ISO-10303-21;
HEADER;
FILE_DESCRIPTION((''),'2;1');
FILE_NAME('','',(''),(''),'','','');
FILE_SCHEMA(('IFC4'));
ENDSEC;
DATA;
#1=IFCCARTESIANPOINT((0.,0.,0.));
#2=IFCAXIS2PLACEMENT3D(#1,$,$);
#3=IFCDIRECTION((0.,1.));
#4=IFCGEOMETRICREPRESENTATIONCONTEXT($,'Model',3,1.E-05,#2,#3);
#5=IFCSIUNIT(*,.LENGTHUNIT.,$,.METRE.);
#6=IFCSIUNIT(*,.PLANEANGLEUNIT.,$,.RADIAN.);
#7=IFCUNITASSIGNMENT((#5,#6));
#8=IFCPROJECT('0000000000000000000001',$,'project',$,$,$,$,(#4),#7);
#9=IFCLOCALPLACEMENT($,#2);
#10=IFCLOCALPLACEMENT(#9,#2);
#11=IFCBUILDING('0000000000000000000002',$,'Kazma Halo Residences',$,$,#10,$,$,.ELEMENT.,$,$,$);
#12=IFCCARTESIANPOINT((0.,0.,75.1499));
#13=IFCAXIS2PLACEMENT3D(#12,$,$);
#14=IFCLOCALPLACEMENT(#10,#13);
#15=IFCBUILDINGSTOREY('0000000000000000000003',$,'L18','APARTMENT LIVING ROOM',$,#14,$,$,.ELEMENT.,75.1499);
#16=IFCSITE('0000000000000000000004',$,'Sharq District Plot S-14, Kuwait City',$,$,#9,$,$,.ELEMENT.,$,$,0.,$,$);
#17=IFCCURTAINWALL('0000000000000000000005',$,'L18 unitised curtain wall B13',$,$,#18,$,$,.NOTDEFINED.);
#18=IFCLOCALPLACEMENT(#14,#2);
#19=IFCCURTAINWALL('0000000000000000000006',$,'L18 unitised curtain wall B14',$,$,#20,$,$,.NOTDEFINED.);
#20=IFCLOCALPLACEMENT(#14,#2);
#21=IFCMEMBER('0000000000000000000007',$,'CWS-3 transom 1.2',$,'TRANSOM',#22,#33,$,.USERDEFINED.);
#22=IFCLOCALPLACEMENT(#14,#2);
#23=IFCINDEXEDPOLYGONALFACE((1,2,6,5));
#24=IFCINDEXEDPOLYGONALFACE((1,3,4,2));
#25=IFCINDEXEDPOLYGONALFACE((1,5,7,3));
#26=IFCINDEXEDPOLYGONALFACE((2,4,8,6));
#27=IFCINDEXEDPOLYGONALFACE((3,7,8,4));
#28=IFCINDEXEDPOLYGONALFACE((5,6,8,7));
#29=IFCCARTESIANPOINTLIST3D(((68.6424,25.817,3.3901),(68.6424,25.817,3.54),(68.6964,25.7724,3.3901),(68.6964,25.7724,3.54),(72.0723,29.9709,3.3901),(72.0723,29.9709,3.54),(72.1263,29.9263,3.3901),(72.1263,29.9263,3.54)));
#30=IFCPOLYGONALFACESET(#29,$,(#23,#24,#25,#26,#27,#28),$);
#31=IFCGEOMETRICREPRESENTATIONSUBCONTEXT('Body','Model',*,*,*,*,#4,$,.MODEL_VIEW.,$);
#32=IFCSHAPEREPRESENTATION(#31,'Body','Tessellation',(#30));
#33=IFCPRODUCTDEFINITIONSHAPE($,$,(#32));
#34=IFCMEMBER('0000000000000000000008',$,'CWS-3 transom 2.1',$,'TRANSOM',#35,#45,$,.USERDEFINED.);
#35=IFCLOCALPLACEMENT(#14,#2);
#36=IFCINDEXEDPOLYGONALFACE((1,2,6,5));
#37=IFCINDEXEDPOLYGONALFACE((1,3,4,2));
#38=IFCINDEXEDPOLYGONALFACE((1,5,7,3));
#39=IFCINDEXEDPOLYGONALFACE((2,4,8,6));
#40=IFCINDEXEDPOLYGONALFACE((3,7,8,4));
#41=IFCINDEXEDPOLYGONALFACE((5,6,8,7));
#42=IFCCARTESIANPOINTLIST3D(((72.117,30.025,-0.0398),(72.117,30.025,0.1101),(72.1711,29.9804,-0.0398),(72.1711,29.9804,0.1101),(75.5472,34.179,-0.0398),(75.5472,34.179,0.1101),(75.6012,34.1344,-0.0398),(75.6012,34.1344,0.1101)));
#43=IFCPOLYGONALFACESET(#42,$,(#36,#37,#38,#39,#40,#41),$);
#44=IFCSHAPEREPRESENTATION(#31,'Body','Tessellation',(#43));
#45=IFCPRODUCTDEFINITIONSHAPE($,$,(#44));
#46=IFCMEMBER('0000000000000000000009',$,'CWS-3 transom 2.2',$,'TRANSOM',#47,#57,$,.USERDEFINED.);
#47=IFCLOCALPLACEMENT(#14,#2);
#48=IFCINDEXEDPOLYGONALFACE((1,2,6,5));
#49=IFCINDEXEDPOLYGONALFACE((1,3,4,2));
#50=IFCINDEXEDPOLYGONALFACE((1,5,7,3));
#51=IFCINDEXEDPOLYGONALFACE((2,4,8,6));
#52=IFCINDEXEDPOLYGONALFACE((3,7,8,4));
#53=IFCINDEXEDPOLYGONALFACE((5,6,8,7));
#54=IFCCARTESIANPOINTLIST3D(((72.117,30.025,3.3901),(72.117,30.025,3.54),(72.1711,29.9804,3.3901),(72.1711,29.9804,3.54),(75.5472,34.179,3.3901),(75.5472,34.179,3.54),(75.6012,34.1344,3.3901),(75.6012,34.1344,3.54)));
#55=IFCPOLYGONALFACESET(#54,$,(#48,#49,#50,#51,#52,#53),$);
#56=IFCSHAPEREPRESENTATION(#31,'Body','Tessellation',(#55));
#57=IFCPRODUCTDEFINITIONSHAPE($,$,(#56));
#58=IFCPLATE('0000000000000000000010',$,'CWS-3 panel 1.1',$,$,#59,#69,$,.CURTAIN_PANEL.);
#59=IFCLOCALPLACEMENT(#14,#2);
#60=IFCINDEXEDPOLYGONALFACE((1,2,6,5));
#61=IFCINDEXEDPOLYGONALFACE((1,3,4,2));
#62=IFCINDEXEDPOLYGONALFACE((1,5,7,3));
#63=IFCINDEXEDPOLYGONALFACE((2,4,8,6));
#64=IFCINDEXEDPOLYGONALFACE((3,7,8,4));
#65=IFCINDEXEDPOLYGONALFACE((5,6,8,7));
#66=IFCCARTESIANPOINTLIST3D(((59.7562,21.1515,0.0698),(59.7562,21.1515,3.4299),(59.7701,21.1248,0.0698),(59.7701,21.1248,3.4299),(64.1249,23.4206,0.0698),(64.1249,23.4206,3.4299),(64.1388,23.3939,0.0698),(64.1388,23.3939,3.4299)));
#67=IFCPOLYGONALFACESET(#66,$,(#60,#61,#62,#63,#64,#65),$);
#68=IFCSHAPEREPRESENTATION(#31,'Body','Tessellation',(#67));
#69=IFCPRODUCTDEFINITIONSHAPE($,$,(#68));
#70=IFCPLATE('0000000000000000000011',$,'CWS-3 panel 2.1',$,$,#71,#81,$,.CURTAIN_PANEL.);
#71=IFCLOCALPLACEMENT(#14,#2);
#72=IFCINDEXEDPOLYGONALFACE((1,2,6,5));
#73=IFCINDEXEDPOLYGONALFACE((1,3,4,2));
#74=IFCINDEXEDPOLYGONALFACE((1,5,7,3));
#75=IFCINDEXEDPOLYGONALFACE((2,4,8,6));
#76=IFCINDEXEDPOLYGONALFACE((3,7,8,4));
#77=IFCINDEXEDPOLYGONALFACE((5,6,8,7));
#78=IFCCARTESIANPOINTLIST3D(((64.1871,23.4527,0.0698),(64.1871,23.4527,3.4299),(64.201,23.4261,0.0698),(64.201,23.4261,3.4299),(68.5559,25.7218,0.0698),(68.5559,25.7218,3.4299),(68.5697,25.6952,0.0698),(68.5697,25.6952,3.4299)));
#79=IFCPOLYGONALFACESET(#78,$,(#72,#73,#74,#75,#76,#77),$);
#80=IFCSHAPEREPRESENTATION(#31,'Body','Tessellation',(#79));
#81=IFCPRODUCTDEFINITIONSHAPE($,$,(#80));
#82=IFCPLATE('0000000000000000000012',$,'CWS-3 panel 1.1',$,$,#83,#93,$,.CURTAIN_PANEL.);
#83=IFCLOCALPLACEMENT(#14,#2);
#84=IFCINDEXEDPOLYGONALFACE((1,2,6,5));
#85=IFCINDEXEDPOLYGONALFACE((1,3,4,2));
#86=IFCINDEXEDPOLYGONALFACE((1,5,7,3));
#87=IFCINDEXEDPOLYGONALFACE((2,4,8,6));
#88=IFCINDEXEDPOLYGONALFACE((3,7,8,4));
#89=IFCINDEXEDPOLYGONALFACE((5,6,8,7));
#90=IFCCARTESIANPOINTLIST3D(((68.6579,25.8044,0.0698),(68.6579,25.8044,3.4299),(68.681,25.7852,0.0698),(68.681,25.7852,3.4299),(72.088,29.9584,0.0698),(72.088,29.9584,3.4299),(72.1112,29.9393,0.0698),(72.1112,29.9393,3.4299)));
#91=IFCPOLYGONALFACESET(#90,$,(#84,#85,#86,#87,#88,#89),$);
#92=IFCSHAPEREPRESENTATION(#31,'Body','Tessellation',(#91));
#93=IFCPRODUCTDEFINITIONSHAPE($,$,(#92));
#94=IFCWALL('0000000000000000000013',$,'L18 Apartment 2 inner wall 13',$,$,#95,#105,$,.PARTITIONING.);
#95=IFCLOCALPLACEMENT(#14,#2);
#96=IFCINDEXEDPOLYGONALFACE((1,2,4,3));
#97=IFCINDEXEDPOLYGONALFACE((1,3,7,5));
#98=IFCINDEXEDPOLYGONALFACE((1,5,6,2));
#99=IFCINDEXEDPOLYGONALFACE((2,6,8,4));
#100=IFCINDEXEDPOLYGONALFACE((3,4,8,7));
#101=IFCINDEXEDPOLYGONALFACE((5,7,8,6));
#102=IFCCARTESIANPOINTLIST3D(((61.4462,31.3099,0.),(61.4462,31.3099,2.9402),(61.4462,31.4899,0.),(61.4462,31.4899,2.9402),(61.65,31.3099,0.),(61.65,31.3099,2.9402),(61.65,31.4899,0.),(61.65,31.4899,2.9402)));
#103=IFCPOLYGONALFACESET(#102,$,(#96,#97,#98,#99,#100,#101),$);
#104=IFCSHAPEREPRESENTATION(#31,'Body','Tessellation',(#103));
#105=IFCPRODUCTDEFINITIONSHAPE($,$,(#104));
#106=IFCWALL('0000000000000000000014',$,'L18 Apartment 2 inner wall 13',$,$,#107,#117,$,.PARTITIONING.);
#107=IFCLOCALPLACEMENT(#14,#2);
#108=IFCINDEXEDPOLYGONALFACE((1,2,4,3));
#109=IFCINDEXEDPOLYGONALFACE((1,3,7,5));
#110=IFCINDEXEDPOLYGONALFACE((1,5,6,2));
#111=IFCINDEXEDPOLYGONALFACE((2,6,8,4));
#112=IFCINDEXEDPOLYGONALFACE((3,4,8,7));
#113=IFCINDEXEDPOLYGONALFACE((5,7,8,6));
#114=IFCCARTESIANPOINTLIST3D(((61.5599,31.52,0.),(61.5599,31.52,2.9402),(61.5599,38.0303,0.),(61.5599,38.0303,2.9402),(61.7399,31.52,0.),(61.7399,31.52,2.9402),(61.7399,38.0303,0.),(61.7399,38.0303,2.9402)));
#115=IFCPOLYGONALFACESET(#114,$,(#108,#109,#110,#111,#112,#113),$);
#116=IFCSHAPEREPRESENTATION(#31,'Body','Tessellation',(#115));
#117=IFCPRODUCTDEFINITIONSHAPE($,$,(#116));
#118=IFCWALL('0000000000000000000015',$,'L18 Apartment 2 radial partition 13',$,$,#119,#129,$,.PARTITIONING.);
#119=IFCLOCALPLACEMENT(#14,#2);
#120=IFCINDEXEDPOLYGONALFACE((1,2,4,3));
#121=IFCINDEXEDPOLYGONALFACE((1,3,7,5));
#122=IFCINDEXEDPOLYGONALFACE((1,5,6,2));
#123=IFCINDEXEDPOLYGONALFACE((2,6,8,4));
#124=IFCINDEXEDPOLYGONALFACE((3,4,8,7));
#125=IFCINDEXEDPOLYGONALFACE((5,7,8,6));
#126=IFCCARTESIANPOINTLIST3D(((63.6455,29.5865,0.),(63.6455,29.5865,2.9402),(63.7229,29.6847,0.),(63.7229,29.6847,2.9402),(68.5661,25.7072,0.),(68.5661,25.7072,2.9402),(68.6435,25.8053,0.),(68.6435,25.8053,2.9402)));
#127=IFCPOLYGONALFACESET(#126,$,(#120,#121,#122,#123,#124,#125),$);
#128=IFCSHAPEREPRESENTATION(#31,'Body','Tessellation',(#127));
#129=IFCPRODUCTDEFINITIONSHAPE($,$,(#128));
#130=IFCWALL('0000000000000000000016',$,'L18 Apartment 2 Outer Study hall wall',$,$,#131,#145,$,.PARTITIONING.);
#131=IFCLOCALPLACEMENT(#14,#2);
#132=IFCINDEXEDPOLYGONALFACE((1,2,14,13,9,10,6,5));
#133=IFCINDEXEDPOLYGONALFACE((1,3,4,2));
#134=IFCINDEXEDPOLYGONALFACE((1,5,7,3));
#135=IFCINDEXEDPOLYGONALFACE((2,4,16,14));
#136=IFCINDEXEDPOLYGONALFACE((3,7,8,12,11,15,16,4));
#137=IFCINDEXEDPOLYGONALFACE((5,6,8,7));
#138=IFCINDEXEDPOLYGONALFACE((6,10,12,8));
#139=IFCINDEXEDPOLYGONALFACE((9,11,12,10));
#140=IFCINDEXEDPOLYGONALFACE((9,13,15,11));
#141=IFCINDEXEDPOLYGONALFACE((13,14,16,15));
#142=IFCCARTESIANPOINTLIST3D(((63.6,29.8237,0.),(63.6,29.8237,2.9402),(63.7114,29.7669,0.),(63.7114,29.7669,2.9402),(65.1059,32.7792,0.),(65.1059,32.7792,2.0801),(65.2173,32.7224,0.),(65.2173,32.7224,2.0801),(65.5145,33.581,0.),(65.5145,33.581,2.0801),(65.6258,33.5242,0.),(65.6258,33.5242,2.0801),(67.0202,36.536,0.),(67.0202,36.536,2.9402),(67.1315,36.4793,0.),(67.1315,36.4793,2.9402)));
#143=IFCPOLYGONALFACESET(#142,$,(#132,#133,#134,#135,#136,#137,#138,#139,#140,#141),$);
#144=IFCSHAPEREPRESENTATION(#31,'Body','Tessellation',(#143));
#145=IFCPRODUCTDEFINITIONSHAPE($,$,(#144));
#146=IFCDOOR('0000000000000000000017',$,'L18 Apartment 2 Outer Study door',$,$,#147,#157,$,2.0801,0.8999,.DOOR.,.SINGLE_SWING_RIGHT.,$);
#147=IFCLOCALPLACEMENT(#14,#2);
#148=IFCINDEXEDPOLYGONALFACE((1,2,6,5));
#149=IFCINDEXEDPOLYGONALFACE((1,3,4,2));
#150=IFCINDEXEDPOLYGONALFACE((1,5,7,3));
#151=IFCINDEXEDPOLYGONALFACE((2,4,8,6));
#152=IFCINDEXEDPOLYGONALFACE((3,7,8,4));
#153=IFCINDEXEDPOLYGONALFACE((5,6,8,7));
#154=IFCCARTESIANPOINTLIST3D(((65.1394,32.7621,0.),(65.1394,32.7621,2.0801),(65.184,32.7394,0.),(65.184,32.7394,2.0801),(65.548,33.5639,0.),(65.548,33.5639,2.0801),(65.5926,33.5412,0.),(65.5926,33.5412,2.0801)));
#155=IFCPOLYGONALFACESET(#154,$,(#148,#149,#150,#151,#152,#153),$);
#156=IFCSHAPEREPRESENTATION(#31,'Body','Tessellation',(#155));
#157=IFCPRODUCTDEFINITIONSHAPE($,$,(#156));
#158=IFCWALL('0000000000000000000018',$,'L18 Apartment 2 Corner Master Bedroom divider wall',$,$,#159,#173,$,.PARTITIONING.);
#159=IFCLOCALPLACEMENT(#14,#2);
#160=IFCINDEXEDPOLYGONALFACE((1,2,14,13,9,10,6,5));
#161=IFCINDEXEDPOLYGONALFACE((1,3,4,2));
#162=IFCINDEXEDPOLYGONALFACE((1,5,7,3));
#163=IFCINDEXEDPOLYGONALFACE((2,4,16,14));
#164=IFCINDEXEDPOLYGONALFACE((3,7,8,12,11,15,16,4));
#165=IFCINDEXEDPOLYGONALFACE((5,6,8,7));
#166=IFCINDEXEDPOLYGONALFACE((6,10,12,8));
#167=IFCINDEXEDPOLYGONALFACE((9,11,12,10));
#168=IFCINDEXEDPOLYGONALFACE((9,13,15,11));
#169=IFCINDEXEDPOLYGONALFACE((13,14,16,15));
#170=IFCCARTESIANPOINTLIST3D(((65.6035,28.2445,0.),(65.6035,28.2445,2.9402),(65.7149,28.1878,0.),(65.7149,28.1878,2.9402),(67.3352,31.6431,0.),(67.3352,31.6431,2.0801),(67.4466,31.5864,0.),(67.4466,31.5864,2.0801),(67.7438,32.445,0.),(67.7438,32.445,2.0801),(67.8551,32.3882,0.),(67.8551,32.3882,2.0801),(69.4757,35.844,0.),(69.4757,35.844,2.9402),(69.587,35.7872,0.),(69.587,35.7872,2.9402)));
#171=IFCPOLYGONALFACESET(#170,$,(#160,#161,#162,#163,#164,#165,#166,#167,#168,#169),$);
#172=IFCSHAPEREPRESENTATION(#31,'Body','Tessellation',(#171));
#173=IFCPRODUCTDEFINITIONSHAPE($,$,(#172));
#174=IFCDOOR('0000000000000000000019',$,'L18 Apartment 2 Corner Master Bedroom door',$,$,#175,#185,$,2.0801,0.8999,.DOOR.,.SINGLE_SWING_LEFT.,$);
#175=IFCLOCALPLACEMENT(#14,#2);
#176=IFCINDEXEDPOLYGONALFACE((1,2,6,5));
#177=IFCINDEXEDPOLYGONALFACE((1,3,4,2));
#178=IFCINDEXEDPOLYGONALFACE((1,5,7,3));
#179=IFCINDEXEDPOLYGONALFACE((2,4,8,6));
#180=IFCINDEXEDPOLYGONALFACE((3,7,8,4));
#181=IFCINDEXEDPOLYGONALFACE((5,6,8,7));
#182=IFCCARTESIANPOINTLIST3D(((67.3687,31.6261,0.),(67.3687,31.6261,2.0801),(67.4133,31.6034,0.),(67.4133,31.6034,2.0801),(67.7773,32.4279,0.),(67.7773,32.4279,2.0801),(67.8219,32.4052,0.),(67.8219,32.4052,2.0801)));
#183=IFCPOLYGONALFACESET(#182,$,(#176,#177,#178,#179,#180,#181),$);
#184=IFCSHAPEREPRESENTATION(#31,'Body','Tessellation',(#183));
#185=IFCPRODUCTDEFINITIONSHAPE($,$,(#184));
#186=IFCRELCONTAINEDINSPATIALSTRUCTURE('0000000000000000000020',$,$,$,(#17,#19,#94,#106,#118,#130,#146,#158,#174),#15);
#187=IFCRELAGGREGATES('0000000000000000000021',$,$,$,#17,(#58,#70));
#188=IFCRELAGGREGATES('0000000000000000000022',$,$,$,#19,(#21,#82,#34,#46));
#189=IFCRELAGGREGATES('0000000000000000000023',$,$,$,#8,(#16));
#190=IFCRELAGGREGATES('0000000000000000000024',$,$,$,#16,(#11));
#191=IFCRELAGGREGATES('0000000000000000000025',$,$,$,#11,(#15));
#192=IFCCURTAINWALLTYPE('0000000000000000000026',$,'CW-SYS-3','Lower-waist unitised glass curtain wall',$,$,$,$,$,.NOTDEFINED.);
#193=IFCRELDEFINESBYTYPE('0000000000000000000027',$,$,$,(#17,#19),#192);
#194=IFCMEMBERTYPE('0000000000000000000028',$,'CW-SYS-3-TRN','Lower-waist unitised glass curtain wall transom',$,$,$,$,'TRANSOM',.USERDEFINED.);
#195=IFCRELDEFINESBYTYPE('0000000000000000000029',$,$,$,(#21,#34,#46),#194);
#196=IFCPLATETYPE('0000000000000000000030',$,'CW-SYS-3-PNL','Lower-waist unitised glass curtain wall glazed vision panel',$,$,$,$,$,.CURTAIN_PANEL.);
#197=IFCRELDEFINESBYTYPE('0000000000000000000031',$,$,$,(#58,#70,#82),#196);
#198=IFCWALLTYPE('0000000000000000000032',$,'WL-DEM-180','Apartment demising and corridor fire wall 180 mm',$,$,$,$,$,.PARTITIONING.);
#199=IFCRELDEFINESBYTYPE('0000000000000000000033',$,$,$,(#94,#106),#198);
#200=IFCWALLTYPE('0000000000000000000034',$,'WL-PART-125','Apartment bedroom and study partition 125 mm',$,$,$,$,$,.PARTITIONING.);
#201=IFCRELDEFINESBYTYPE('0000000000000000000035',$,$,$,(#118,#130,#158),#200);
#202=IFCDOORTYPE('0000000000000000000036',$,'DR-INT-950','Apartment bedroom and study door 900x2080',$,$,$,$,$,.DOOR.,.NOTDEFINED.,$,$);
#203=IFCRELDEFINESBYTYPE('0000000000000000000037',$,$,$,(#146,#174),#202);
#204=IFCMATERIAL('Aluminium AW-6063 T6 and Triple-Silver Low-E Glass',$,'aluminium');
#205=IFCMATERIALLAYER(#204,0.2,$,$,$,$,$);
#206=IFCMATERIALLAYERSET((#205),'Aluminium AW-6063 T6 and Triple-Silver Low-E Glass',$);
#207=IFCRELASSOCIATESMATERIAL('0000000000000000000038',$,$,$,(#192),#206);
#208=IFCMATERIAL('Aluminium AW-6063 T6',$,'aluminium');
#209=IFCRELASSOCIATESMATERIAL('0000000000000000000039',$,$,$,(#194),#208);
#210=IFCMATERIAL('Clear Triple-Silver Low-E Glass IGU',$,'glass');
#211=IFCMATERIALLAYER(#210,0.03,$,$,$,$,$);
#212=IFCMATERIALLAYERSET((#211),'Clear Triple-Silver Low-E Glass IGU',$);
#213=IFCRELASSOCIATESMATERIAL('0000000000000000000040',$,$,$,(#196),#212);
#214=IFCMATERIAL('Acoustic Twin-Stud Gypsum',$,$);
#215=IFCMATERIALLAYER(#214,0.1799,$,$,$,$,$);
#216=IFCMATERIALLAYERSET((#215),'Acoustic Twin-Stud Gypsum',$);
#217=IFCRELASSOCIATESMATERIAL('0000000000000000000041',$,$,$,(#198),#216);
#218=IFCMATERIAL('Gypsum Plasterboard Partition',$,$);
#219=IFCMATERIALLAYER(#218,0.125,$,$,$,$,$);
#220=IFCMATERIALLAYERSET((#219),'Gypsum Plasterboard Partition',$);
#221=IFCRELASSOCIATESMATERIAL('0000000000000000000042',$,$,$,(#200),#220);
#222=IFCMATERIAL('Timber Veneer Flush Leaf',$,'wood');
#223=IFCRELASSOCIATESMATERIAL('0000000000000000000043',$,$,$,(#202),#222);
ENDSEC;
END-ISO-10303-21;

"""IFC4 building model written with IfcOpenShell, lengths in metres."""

from ifc_helpers import new_model, si_unit, direction, frame, frame_2d, origin, origin_2d, place, context, subcontext, project, spatial, rectangle, extrude, material, layer, layer_set, material_profile, profile_set, type_object, element, fill, aggregate, save


model = new_model("IFC4")

# Units and contexts
model_context = context("Model", 3, precision=1e-05, world=origin(), true_north=direction((0.0, 1.0)))
body_context = subcontext(model_context, "Body", "Model", "MODEL_VIEW")
ifc_project = project(units=[si_unit("LENGTHUNIT", "METRE"), si_unit("PLANEANGLEUNIT", "RADIAN")], contexts=[model_context])

# Site, building, storey
site_placement = place(None, origin())
site = spatial("IfcSite", under=ifc_project, at=site_placement, Name="Sharq District Plot S-14, Kuwait City", CompositionType="ELEMENT", RefElevation=0.0)
building_placement = place(site_placement, origin())
building = spatial("IfcBuilding", under=site, at=building_placement, Name="Kazma Halo Residences", CompositionType="ELEMENT")
storey_placement = place(building_placement, frame((0.0, 0.0, 75.1499)))
storey = spatial("IfcBuildingStorey", under=building, at=storey_placement, Name="L18", Description="APARTMENT LIVING ROOM", CompositionType="ELEMENT", Elevation=75.1499)

# Shared definitions
ifc_material_1 = material(Name="Aluminium AW-6063 T6 and Triple-Silver Low-E Glass", Category="aluminium")
ifc_layer_1 = layer(ifc_material_1, 0.2)
ifc_layer_set_1 = layer_set([ifc_layer_1], Name="Aluminium AW-6063 T6 and Triple-Silver Low-E Glass")
curtain_wall_type = type_object("IfcCurtainWallType", Name="CW-SYS-3", Description="Lower-waist unitised glass curtain wall", PredefinedType="NOTDEFINED", material=ifc_layer_set_1)
ifc_material_2 = material(Name="Aluminium AW-6063 T6", Category="aluminium")

# Curtain walls
curtain_wall_1_placement = place(storey_placement, origin())
curtain_wall_1 = element("IfcCurtainWall", 1, at=curtain_wall_1_placement, inside=storey, type_object=curtain_wall_type, Name="L18 unitised curtain wall B13", PredefinedType="NOTDEFINED")
curtain_wall_2_placement = place(storey_placement, origin())
curtain_wall_2 = element("IfcCurtainWall", 2, at=curtain_wall_2_placement, inside=storey, type_object=curtain_wall_type, Name="L18 unitised curtain wall B14", PredefinedType="NOTDEFINED")

# Members
ifc_material_profile_1 = material_profile(ifc_material_2, rectangle(XDim=0.0701, YDim=0.1499, at=origin_2d()), Name="CWT-70x150")
ifc_profile_set_1 = profile_set([ifc_material_profile_1], Name="Aluminium AW-6063 T6")
member_type_1 = type_object("IfcMemberType", Name="CW-SYS-3-TRN", Description="Lower-waist unitised glass curtain wall transom", ElementType="TRANSOM", PredefinedType="USERDEFINED", material=ifc_profile_set_1)
member_1_placement = place(storey_placement, frame((68.6694, 25.7947, 3.4651), z_axis=(0.636696, 0.771115, 0.0), x_axis=(-0.771115, 0.636696, 0.0)))
member_1 = element("IfcMember", 3, at=member_1_placement, type_object=member_type_1, Name="CWS-3 transom 1.2", ObjectType="TRANSOM", PredefinedType="USERDEFINED", context=body_context, shape_type="SweptSolid", body=[
    extrude(rectangle(XDim=0.0701, YDim=0.1499, at=origin_2d()), origin(), (0.0, 0.0, 1.0), 5.387),
])
member_2_placement = place(storey_placement, frame((72.144, 30.0027, 0.0352), z_axis=(0.636723, 0.771092, 0.0), x_axis=(-0.771092, 0.636723, 0.0)))
member_2 = element("IfcMember", 4, at=member_2_placement, type_object=member_type_1, Name="CWS-3 transom 2.1", ObjectType="TRANSOM", PredefinedType="USERDEFINED", context=body_context, shape_type="SweptSolid", body=[
    extrude(rectangle(XDim=0.0701, YDim=0.1499, at=origin_2d()), origin(), (0.0, 0.0, 1.0), 5.3872),
])
member_3_placement = place(storey_placement, frame((72.144, 30.0027, 3.4651), z_axis=(0.636723, 0.771092, 0.0), x_axis=(-0.771092, 0.636723, 0.0)))
member_3 = element("IfcMember", 5, at=member_3_placement, type_object=member_type_1, Name="CWS-3 transom 2.2", ObjectType="TRANSOM", PredefinedType="USERDEFINED", context=body_context, shape_type="SweptSolid", body=[
    extrude(rectangle(XDim=0.0701, YDim=0.1499, at=origin_2d()), origin(), (0.0, 0.0, 1.0), 5.3872),
])

# Plates
ifc_material_3 = material(Name="Clear Triple-Silver Low-E Glass IGU", Category="glass")
ifc_layer_2 = layer(ifc_material_3, 0.03)
ifc_layer_set_2 = layer_set([ifc_layer_2], Name="Clear Triple-Silver Low-E Glass IGU")
plate_type = type_object("IfcPlateType", Name="CW-SYS-3-PNL", Description="Lower-waist unitised glass curtain wall glazed vision panel", PredefinedType="CURTAIN_PANEL", material=ifc_layer_set_2)
plate_1_placement = place(storey_placement, frame((61.9475, 22.2727, 0.0698), z_axis=(0.0, 0.0, 1.0), x_axis=(0.887435, 0.460932, 0.0)))
plate_1 = element("IfcPlate", 6, at=plate_1_placement, type_object=plate_type, Name="CWS-3 panel 1.1", PredefinedType="CURTAIN_PANEL", context=body_context, shape_type="SweptSolid", body=[
    extrude(rectangle(XDim=4.9229, YDim=0.03, at=origin_2d()), origin(), (0.0, 0.0, 1.0), 3.3601),
])
plate_2_placement = place(storey_placement, frame((66.3784, 24.574, 0.0698), z_axis=(0.0, 0.0, 1.0), x_axis=(0.887435, 0.460932, 0.0)))
plate_2 = element("IfcPlate", 7, at=plate_2_placement, type_object=plate_type, Name="CWS-3 panel 2.1", PredefinedType="CURTAIN_PANEL", context=body_context, shape_type="SweptSolid", body=[
    extrude(rectangle(XDim=4.9229, YDim=0.03, at=origin_2d()), origin(), (0.0, 0.0, 1.0), 3.3601),
])
aggregate(curtain_wall_1, [plate_1, plate_2])
plate_3_placement = place(storey_placement, frame((70.3845, 27.8718, 0.0698), z_axis=(0.0, 0.0, 1.0), x_axis=(0.636721, 0.771095, 0.0)))
plate_3 = element("IfcPlate", 8, at=plate_3_placement, type_object=plate_type, Name="CWS-3 panel 1.1", PredefinedType="CURTAIN_PANEL", context=body_context, shape_type="SweptSolid", body=[
    extrude(rectangle(XDim=5.3872, YDim=0.03, at=origin_2d()), origin(), (0.0, 0.0, 1.0), 3.3601),
])
aggregate(curtain_wall_2, [member_1, plate_3, member_2, member_3])

# Walls
ifc_material_4 = material(Name="Acoustic Twin-Stud Gypsum")
ifc_layer_3 = layer(ifc_material_4, 0.1799)
ifc_layer_set_3 = layer_set([ifc_layer_3], Name="Acoustic Twin-Stud Gypsum")
wall_type_1 = type_object("IfcWallType", Name="WL-DEM-180", Description="Apartment demising and corridor fire wall 180 mm", PredefinedType="PARTITIONING", material=ifc_layer_set_3)
wall_1_placement = place(storey_placement, frame((61.446, 31.3999, 0.0), z_axis=(0.0, 0.0, 1.0), x_axis=(1.0, 0.0, 0.0)))
element("IfcWall", 9, at=wall_1_placement, inside=storey, type_object=wall_type_1, Name="L18 Apartment 2 inner wall 13", PredefinedType="PARTITIONING", context=body_context, shape_type="SweptSolid", body=[
    extrude(rectangle(XDim=0.2039, YDim=0.1799, at=frame_2d((0.1021, 0.0))), origin(), (0.0, 0.0, 1.0), 2.9402),
])
wall_2_placement = place(storey_placement, frame((61.6499, 31.52, 0.0), z_axis=(0.0, 0.0, 1.0), x_axis=(0.0, 1.0, 0.0)))
element("IfcWall", 10, at=wall_2_placement, inside=storey, type_object=wall_type_1, Name="L18 Apartment 2 inner wall 13", PredefinedType="PARTITIONING", context=body_context, shape_type="SweptSolid", body=[
    extrude(rectangle(XDim=6.5103, YDim=0.1799, at=frame_2d((3.2551, 0.0))), origin(), (0.0, 0.0, 1.0), 2.9402),
])
ifc_material_5 = material(Name="Gypsum Plasterboard Partition")
ifc_layer_4 = layer(ifc_material_5, 0.125)
ifc_layer_set_4 = layer_set([ifc_layer_4], Name="Gypsum Plasterboard Partition")
wall_type_2 = type_object("IfcWallType", Name="WL-PART-125", Description="Apartment bedroom and study partition 125 mm", PredefinedType="PARTITIONING", material=ifc_layer_set_4)
wall_3_placement = place(storey_placement, frame((63.6843, 29.6355, 0.0), z_axis=(0.0, 0.0, 1.0), x_axis=(0.785296, -0.61912, 0.0)))
element("IfcWall", 11, at=wall_3_placement, inside=storey, type_object=wall_type_2, Name="L18 Apartment 2 radial partition 13", PredefinedType="PARTITIONING", context=body_context, shape_type="SweptSolid", body=[
    extrude(rectangle(XDim=6.2659, YDim=0.125, at=frame_2d((3.1328, 0.0))), origin(), (0.0, 0.0, 1.0), 2.9402),
])

# Walls, openings, doors
wall_4_placement = place(storey_placement, frame((63.6558, 29.7954, 0.0), z_axis=(0.0, 0.0, 1.0), x_axis=(0.453993, 0.891005, 0.0)))
wall_4 = element("IfcWall", 12, at=wall_4_placement, inside=storey, type_object=wall_type_2, Name="L18 Apartment 2 Outer Study hall wall", PredefinedType="PARTITIONING", context=body_context, shape_type="SweptSolid", body=[
    extrude(rectangle(XDim=7.5334, YDim=0.125, at=frame_2d((3.7666, 0.0))), origin(), (0.0, 0.0, 1.0), 2.9402),
])
opening_1_placement = place(wall_4_placement, frame((3.3169, 0.0, 0.0)))
opening_1 = element("IfcOpeningElement", 13, at=opening_1_placement, cuts=wall_4, PredefinedType="OPENING", context=body_context, shape_type="SweptSolid", body=[
    extrude(rectangle(XDim=0.8999, YDim=2.0801, at=frame_2d((0.45, 1.04))), frame((0.0, 0.0725, 0.0), z_axis=(0.0, -1.0, 0.0), x_axis=(1.0, 0.0, 0.0)), (0.0, 0.0, 1.0), 0.145),
])
ifc_material_6 = material(Name="Timber Veneer Flush Leaf", Category="wood")
door_type = type_object("IfcDoorType", Name="DR-INT-950", Description="Apartment bedroom and study door 900x2080", OperationType="NOTDEFINED", PredefinedType="DOOR", material=ifc_material_6)
door_1_placement = place(opening_1_placement, origin())
door_1 = element("IfcDoor", 14, at=door_1_placement, inside=storey, type_object=door_type, Name="L18 Apartment 2 Outer Study door", OperationType="SINGLE_SWING_RIGHT", OverallHeight=2.0801, OverallWidth=0.8999, PredefinedType="DOOR", context=body_context, shape_type="SweptSolid", body=[
    extrude(rectangle(XDim=0.8999, YDim=2.0801, at=frame_2d((0.45, 1.04))), frame((0.0, 0.0249, 0.0), z_axis=(0.0, -1.0, 0.0), x_axis=(1.0, 0.0, 0.0)), (0.0, 0.0, 1.0), 0.05),
])
fill(opening_1, door_1)
wall_5_placement = place(storey_placement, frame((65.6592, 28.2161, 0.0), z_axis=(0.0, 0.0, 1.0), x_axis=(0.453991, 0.891007, 0.0)))
wall_5 = element("IfcWall", 15, at=wall_5_placement, inside=storey, type_object=wall_type_2, Name="L18 Apartment 2 Corner Master Bedroom divider wall", PredefinedType="PARTITIONING", context=body_context, shape_type="SweptSolid", body=[
    extrude(rectangle(XDim=8.5291, YDim=0.125, at=frame_2d((4.2646, 0.0))), origin(), (0.0, 0.0, 1.0), 2.9402),
])
opening_2_placement = place(wall_5_placement, frame((3.8145, 0.0, 0.0)))
opening_2 = element("IfcOpeningElement", 16, at=opening_2_placement, cuts=wall_5, PredefinedType="OPENING", context=body_context, shape_type="SweptSolid", body=[
    extrude(rectangle(XDim=0.8999, YDim=2.0801, at=frame_2d((0.45, 1.04))), frame((0.0, 0.0725, 0.0), z_axis=(0.0, -1.0, 0.0), x_axis=(1.0, 0.0, 0.0)), (0.0, 0.0, 1.0), 0.145),
])
door_2_placement = place(opening_2_placement, origin())
door_2 = element("IfcDoor", 17, at=door_2_placement, inside=storey, type_object=door_type, Name="L18 Apartment 2 Corner Master Bedroom door", OperationType="SINGLE_SWING_LEFT", OverallHeight=2.0801, OverallWidth=0.8999, PredefinedType="DOOR", context=body_context, shape_type="SweptSolid", body=[
    extrude(rectangle(XDim=0.8999, YDim=2.0801, at=frame_2d((0.45, 1.04))), frame((0.0, 0.0249, 0.0), z_axis=(0.0, -1.0, 0.0), x_axis=(1.0, 0.0, 0.0)), (0.0, 0.0, 1.0), 0.05),
])
fill(opening_2, door_2)

save(model, "model.ifc")
